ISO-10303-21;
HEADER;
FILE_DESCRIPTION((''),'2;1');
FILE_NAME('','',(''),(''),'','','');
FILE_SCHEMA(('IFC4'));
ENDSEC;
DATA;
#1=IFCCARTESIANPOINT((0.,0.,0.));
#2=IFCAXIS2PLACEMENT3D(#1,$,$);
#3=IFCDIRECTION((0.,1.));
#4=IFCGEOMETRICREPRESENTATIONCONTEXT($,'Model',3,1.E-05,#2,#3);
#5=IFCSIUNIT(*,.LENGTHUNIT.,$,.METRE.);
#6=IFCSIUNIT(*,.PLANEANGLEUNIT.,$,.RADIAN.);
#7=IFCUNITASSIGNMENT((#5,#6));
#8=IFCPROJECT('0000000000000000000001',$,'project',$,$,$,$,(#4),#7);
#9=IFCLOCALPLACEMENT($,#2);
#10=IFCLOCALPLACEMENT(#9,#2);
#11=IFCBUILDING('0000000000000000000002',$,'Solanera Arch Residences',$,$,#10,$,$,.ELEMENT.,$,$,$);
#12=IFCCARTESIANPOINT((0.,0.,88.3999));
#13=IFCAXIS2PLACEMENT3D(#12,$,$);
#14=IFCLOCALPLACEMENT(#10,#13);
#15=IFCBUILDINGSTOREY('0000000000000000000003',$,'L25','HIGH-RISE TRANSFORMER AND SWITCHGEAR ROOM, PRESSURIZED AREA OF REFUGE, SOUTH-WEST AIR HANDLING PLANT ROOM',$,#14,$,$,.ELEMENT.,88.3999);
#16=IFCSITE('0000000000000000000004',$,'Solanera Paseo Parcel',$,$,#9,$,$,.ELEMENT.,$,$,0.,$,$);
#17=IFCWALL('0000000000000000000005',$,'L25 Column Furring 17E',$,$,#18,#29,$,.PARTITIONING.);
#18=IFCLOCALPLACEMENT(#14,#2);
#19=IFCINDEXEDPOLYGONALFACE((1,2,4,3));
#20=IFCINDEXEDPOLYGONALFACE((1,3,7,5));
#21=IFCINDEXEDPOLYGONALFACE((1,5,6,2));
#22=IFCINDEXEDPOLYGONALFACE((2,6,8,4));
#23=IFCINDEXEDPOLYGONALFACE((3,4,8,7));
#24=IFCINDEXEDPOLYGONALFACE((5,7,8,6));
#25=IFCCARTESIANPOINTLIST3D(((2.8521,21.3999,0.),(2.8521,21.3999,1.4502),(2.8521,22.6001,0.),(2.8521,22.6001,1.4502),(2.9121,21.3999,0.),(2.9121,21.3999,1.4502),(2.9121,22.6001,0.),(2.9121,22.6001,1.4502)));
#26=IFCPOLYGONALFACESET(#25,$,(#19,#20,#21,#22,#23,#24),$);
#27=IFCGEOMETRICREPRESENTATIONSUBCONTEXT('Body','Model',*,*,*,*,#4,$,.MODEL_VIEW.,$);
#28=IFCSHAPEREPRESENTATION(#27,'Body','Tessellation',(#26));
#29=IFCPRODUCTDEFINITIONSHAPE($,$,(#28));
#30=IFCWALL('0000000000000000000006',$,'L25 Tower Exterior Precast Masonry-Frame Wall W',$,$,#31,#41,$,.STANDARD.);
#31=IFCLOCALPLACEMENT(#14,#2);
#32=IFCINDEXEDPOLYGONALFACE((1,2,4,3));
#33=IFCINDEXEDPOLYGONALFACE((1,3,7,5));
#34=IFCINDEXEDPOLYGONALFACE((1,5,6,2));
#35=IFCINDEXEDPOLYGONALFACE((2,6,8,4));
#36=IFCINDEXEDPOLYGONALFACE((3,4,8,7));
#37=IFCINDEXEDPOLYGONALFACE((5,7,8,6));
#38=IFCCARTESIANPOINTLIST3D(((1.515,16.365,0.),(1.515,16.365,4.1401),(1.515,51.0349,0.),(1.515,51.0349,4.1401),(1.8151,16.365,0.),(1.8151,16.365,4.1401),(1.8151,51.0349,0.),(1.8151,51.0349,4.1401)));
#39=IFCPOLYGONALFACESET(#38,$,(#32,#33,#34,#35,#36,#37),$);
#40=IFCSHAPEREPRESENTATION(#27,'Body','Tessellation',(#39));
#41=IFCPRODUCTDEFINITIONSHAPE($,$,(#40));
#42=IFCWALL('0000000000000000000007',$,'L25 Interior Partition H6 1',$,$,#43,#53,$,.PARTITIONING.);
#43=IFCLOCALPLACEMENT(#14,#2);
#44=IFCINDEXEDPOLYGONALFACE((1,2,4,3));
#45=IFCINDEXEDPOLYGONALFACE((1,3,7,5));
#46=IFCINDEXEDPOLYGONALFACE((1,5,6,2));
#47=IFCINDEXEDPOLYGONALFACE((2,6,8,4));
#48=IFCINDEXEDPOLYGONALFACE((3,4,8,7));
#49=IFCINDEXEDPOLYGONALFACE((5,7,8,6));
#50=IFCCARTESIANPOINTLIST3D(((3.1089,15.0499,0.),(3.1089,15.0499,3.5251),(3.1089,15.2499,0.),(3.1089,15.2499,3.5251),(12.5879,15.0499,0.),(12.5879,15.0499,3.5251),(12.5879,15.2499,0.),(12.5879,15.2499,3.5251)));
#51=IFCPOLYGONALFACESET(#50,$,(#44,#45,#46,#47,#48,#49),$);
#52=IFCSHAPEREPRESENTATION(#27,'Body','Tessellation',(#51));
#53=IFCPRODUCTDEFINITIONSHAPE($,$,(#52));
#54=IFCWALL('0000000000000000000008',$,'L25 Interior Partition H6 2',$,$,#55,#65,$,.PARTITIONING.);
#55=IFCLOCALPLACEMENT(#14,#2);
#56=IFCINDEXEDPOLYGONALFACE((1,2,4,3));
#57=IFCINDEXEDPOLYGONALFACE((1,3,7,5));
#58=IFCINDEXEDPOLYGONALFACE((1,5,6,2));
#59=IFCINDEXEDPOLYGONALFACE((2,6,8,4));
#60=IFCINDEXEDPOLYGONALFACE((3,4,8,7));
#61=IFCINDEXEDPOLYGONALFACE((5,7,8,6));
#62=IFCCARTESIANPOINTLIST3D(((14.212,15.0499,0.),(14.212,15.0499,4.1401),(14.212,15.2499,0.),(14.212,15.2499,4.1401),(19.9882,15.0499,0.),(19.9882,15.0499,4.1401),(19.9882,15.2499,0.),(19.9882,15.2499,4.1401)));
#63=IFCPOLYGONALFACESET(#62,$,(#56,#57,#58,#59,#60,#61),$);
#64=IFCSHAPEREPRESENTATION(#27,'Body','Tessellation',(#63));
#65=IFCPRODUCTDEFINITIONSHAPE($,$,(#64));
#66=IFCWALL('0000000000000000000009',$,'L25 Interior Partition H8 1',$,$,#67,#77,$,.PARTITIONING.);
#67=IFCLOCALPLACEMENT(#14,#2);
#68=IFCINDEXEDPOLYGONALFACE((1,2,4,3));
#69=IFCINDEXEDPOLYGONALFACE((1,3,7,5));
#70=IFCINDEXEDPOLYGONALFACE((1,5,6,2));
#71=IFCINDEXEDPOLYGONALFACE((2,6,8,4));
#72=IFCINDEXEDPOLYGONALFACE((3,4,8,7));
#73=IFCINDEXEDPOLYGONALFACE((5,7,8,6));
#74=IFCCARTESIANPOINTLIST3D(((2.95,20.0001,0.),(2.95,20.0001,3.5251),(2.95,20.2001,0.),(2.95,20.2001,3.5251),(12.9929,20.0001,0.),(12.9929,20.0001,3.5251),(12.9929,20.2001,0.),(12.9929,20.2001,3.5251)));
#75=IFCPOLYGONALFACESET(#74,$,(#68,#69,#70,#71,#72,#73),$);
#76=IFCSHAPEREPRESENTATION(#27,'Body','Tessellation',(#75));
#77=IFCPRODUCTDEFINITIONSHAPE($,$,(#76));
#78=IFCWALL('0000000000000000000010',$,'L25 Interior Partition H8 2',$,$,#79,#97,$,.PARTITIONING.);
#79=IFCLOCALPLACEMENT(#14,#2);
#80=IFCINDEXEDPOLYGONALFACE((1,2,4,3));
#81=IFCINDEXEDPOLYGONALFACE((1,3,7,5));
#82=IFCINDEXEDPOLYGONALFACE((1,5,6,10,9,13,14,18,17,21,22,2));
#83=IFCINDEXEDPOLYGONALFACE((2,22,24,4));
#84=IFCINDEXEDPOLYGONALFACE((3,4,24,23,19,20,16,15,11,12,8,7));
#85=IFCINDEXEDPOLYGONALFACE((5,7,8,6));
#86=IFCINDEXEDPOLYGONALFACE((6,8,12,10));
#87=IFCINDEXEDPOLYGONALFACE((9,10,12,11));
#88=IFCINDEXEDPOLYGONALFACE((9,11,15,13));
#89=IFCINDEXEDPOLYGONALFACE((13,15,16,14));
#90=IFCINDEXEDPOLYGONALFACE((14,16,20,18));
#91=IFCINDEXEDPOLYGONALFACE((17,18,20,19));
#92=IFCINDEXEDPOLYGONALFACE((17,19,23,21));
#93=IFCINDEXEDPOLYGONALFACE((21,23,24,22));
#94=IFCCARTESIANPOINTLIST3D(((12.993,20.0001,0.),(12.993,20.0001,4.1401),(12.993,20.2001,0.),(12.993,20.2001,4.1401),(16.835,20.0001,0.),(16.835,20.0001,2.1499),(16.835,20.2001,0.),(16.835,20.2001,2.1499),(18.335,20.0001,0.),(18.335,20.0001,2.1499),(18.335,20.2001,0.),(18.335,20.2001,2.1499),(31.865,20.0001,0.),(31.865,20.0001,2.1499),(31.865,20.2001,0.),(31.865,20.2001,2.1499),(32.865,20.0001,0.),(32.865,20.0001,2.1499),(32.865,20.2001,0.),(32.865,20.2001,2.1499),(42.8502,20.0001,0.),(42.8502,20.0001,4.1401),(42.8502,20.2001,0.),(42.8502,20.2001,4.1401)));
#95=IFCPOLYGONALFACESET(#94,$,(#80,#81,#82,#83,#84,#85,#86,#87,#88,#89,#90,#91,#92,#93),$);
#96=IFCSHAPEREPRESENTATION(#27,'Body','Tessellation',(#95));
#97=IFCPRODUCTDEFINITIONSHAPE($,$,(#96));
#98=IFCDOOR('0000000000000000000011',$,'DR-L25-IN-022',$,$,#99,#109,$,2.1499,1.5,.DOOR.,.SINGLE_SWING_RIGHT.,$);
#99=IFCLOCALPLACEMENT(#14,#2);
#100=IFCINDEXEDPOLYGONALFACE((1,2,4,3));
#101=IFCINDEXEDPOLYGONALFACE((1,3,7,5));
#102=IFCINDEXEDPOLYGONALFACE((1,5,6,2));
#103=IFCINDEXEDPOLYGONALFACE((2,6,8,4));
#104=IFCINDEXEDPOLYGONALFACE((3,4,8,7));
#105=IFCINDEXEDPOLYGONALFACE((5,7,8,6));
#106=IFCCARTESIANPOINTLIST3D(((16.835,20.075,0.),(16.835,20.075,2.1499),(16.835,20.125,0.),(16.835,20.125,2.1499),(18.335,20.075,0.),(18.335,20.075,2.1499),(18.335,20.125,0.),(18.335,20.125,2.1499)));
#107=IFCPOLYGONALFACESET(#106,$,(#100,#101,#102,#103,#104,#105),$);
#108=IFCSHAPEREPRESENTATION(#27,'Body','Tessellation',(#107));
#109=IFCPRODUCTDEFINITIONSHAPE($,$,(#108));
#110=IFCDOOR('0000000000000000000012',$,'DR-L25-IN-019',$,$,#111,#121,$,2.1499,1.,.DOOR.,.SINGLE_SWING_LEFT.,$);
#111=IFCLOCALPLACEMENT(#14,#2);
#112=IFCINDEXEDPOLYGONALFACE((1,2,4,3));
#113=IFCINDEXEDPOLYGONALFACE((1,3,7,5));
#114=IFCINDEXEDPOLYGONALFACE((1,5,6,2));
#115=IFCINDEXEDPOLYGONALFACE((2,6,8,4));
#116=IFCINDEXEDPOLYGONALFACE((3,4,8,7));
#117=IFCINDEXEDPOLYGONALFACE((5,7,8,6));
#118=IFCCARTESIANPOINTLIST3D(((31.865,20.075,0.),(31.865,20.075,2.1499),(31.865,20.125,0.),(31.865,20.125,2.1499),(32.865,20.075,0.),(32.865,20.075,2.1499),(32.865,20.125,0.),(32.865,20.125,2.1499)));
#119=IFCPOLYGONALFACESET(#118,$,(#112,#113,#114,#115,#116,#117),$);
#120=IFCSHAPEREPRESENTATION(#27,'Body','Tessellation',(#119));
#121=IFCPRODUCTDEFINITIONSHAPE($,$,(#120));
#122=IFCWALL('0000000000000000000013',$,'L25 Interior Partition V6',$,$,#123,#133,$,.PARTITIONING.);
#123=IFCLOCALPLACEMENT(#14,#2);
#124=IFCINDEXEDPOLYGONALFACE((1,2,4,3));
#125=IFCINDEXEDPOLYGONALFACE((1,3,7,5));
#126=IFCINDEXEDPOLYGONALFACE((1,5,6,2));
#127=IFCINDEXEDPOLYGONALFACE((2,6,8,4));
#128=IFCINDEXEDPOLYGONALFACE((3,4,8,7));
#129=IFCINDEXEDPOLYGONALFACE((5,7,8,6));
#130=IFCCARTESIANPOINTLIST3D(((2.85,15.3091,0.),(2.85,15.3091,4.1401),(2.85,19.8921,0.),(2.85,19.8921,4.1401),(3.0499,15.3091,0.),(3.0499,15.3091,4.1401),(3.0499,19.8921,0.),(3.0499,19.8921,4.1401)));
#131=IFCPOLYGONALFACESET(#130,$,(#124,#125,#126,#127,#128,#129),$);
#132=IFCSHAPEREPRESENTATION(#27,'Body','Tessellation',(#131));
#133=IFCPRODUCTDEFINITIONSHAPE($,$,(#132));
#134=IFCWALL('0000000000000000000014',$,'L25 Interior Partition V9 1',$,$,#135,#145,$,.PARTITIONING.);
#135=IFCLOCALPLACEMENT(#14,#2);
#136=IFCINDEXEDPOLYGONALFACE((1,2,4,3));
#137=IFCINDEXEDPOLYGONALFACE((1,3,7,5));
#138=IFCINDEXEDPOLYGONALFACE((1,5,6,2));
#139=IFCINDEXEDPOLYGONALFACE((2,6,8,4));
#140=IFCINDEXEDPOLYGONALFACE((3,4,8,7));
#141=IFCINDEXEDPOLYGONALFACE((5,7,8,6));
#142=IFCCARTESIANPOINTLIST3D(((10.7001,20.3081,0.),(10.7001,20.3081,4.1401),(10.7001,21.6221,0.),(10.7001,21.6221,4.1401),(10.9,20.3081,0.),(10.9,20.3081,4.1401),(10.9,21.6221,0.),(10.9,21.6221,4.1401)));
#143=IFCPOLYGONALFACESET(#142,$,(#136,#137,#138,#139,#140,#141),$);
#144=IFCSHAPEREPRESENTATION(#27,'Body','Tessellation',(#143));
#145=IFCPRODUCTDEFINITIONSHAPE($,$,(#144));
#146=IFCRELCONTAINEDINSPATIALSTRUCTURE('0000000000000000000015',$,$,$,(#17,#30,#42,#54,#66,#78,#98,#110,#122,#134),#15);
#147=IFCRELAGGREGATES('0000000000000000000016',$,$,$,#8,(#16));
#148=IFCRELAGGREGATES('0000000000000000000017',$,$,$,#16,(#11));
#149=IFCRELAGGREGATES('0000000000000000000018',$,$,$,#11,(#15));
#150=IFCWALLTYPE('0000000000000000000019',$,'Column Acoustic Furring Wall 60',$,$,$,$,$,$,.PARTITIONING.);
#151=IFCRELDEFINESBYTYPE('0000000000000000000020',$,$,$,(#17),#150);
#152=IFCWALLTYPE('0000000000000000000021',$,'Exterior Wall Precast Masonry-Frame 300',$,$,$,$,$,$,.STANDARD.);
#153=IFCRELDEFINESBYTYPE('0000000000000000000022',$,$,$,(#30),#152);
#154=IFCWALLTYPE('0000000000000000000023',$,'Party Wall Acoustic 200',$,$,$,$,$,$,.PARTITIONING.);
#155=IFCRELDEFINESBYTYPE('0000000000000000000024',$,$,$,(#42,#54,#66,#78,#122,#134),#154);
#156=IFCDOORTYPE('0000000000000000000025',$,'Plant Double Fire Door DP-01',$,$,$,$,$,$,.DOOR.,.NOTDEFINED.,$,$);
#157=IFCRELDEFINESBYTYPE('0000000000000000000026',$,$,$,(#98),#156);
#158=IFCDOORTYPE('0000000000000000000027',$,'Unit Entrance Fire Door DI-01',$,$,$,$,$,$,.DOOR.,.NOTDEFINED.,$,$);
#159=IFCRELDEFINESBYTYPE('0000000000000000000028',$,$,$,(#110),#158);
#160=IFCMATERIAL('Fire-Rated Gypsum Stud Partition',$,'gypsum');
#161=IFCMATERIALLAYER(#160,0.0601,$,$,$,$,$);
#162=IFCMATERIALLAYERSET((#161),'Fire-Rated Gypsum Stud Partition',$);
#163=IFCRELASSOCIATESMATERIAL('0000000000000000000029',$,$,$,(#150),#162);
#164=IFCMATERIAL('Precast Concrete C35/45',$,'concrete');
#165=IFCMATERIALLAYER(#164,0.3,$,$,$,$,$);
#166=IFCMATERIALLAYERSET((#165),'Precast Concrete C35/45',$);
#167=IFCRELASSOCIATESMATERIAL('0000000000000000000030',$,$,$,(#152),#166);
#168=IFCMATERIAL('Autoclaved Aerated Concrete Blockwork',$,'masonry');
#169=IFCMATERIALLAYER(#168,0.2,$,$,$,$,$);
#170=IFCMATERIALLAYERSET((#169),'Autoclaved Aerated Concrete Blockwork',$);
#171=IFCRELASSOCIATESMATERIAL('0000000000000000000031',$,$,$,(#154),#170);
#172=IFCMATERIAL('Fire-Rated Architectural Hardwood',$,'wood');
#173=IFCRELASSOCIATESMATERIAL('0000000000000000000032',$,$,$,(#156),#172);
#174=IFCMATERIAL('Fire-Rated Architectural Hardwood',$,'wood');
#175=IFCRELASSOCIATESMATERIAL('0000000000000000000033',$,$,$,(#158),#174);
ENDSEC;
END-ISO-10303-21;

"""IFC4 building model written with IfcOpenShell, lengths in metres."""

from ifc_helpers import new_model, si_unit, direction, frame, frame_2d, origin, place, context, subcontext, project, spatial, rectangle, extrude, material, layer, layer_set, type_object, element, fill, save


model = new_model("IFC4")

# Units and contexts
model_context = context("Model", 3, precision=1e-05, world=origin(), true_north=direction((0.0, 1.0)))
body_context = subcontext(model_context, "Body", "Model", "MODEL_VIEW")
ifc_project = project(units=[si_unit("LENGTHUNIT", "METRE"), si_unit("PLANEANGLEUNIT", "RADIAN")], contexts=[model_context])

# Site, building, storey
site_placement = place(None, origin())
site = spatial("IfcSite", under=ifc_project, at=site_placement, Name="Solanera Paseo Parcel", CompositionType="ELEMENT", RefElevation=0.0)
building_placement = place(site_placement, origin())
building = spatial("IfcBuilding", under=site, at=building_placement, Name="Solanera Arch Residences", CompositionType="ELEMENT")
storey_placement = place(building_placement, frame((0.0, 0.0, 88.3999)))
storey = spatial("IfcBuildingStorey", under=building, at=storey_placement, Name="L25", Description="HIGH-RISE TRANSFORMER AND SWITCHGEAR ROOM, PRESSURIZED AREA OF REFUGE, SOUTH-WEST AIR HANDLING PLANT ROOM", CompositionType="ELEMENT", Elevation=88.3999)

# Walls
ifc_material_1 = material(Name="Fire-Rated Gypsum Stud Partition", Category="gypsum")
ifc_layer_1 = layer(ifc_material_1, 0.0601)
ifc_layer_set_1 = layer_set([ifc_layer_1], Name="Fire-Rated Gypsum Stud Partition")
wall_type_1 = type_object("IfcWallType", Name="Column Acoustic Furring Wall 60", PredefinedType="PARTITIONING", material=ifc_layer_set_1)
wall_1_placement = place(storey_placement, frame((2.8821, 21.3999, 0.0), z_axis=(0.0, 0.0, 1.0), x_axis=(0.0, 1.0, 0.0)))
element("IfcWall", 1, at=wall_1_placement, inside=storey, type_object=wall_type_1, Name="L25 Column Furring 17E", PredefinedType="PARTITIONING", context=body_context, shape_type="SweptSolid", body=[
    extrude(rectangle(XDim=1.2002, YDim=0.0601, at=frame_2d((0.6001, 0.0))), origin(), (0.0, 0.0, 1.0), 1.4502),
])
ifc_material_2 = material(Name="Precast Concrete C35/45", Category="concrete")
ifc_layer_2 = layer(ifc_material_2, 0.3)
ifc_layer_set_2 = layer_set([ifc_layer_2], Name="Precast Concrete C35/45")
wall_type_2 = type_object("IfcWallType", Name="Exterior Wall Precast Masonry-Frame 300", PredefinedType="STANDARD", material=ifc_layer_set_2)
wall_2_placement = place(storey_placement, frame((1.665, 16.365, 0.0), z_axis=(0.0, 0.0, 1.0), x_axis=(0.0, 1.0, 0.0)))
element("IfcWall", 2, at=wall_2_placement, inside=storey, type_object=wall_type_2, Name="L25 Tower Exterior Precast Masonry-Frame Wall W", PredefinedType="STANDARD", context=body_context, shape_type="SweptSolid", body=[
    extrude(rectangle(XDim=34.6699, YDim=0.3, at=frame_2d((17.335, 0.0))), origin(), (0.0, 0.0, 1.0), 4.1401),
])
ifc_material_3 = material(Name="Autoclaved Aerated Concrete Blockwork", Category="masonry")
ifc_layer_3 = layer(ifc_material_3, 0.2)
ifc_layer_set_3 = layer_set([ifc_layer_3], Name="Autoclaved Aerated Concrete Blockwork")
wall_type_3 = type_object("IfcWallType", Name="Party Wall Acoustic 200", PredefinedType="PARTITIONING", material=ifc_layer_set_3)
wall_3_placement = place(storey_placement, frame((3.1089, 15.1499, 0.0), z_axis=(0.0, 0.0, 1.0), x_axis=(1.0, 0.0, 0.0)))
element("IfcWall", 3, at=wall_3_placement, inside=storey, type_object=wall_type_3, Name="L25 Interior Partition H6 1", PredefinedType="PARTITIONING", context=body_context, shape_type="SweptSolid", body=[
    extrude(rectangle(XDim=9.479, YDim=0.2, at=frame_2d((4.7395, 0.0))), origin(), (0.0, 0.0, 1.0), 3.5251),
])
wall_4_placement = place(storey_placement, frame((14.2119, 15.1499, 0.0), z_axis=(0.0, 0.0, 1.0), x_axis=(1.0, 0.0, 0.0)))
element("IfcWall", 4, at=wall_4_placement, inside=storey, type_object=wall_type_3, Name="L25 Interior Partition H6 2", PredefinedType="PARTITIONING", context=body_context, shape_type="SweptSolid", body=[
    extrude(rectangle(XDim=5.7761, YDim=0.2, at=frame_2d((2.8882, 0.0))), origin(), (0.0, 0.0, 1.0), 4.1401),
])
wall_5_placement = place(storey_placement, frame((2.95, 20.1001, 0.0), z_axis=(0.0, 0.0, 1.0), x_axis=(1.0, 0.0, 0.0)))
element("IfcWall", 5, at=wall_5_placement, inside=storey, type_object=wall_type_3, Name="L25 Interior Partition H8 1", PredefinedType="PARTITIONING", context=body_context, shape_type="SweptSolid", body=[
    extrude(rectangle(XDim=10.043, YDim=0.2, at=frame_2d((5.0215, 0.0))), origin(), (0.0, 0.0, 1.0), 3.5251),
])

# Wall, openings, doors
wall_6_placement = place(storey_placement, frame((12.9929, 20.1001, 0.0), z_axis=(0.0, 0.0, 1.0), x_axis=(1.0, 0.0, 0.0)))
wall_6 = element("IfcWall", 6, at=wall_6_placement, inside=storey, type_object=wall_type_3, Name="L25 Interior Partition H8 2", PredefinedType="PARTITIONING", context=body_context, shape_type="SweptSolid", body=[
    extrude(rectangle(XDim=29.8572, YDim=0.2, at=frame_2d((14.9287, 0.0))), origin(), (0.0, 0.0, 1.0), 4.1401),
])
opening_1_placement = place(wall_6_placement, frame((18.8721, 0.0, 0.0)))
opening_1 = element("IfcOpeningElement", 7, at=opening_1_placement, cuts=wall_6, PredefinedType="OPENING", context=body_context, shape_type="SweptSolid", body=[
    extrude(rectangle(XDim=1.0, YDim=2.1499, at=frame_2d((0.5, 1.075))), frame((0.0, 0.1101, 0.0), z_axis=(0.0, -1.0, 0.0), x_axis=(1.0, 0.0, 0.0)), (0.0, 0.0, 1.0), 0.22),
])
opening_2_placement = place(wall_6_placement, frame((3.842, 0.0, 0.0)))
opening_2 = element("IfcOpeningElement", 8, at=opening_2_placement, cuts=wall_6, PredefinedType="OPENING", context=body_context, shape_type="SweptSolid", body=[
    extrude(rectangle(XDim=1.5, YDim=2.1499, at=frame_2d((0.75, 1.075))), frame((0.0, 0.1101, 0.0), z_axis=(0.0, -1.0, 0.0), x_axis=(1.0, 0.0, 0.0)), (0.0, 0.0, 1.0), 0.22),
])
ifc_material_4 = material(Name="Fire-Rated Architectural Hardwood", Category="wood")
door_type_1 = type_object("IfcDoorType", Name="Plant Double Fire Door DP-01", OperationType="NOTDEFINED", PredefinedType="DOOR", material=ifc_material_4)
door_1_placement = place(opening_2_placement, origin())
door_1 = element("IfcDoor", 9, at=door_1_placement, inside=storey, type_object=door_type_1, Name="DR-L25-IN-022", OperationType="SINGLE_SWING_RIGHT", OverallHeight=2.1499, OverallWidth=1.5, PredefinedType="DOOR", context=body_context, shape_type="SweptSolid", body=[
    extrude(rectangle(XDim=1.5, YDim=2.1499, at=frame_2d((0.75, 1.075))), frame((0.0, 0.0249, 0.0), z_axis=(0.0, -1.0, 0.0), x_axis=(1.0, 0.0, 0.0)), (0.0, 0.0, 1.0), 0.05),
])
fill(opening_2, door_1)
ifc_material_5 = material(Name="Fire-Rated Architectural Hardwood", Category="wood")
door_type_2 = type_object("IfcDoorType", Name="Unit Entrance Fire Door DI-01", OperationType="NOTDEFINED", PredefinedType="DOOR", material=ifc_material_5)
door_2_placement = place(opening_1_placement, origin())
door_2 = element("IfcDoor", 10, at=door_2_placement, inside=storey, type_object=door_type_2, Name="DR-L25-IN-019", OperationType="SINGLE_SWING_LEFT", OverallHeight=2.1499, OverallWidth=1.0, PredefinedType="DOOR", context=body_context, shape_type="SweptSolid", body=[
    extrude(rectangle(XDim=1.0, YDim=2.1499, at=frame_2d((0.5, 1.075))), frame((0.0, 0.0249, 0.0), z_axis=(0.0, -1.0, 0.0), x_axis=(1.0, 0.0, 0.0)), (0.0, 0.0, 1.0), 0.05),
])
fill(opening_1, door_2)

# Walls
wall_7_placement = place(storey_placement, frame((2.95, 15.3091, 0.0), z_axis=(0.0, 0.0, 1.0), x_axis=(0.0, 1.0, 0.0)))
element("IfcWall", 11, at=wall_7_placement, inside=storey, type_object=wall_type_3, Name="L25 Interior Partition V6", PredefinedType="PARTITIONING", context=body_context, shape_type="SweptSolid", body=[
    extrude(rectangle(XDim=4.583, YDim=0.2, at=frame_2d((2.2915, 0.0))), origin(), (0.0, 0.0, 1.0), 4.1401),
])
wall_8_placement = place(storey_placement, frame((10.8, 20.3081, 0.0), z_axis=(0.0, 0.0, 1.0), x_axis=(0.0, 1.0, 0.0)))
element("IfcWall", 12, at=wall_8_placement, inside=storey, type_object=wall_type_3, Name="L25 Interior Partition V9 1", PredefinedType="PARTITIONING", context=body_context, shape_type="SweptSolid", body=[
    extrude(rectangle(XDim=1.314, YDim=0.2, at=frame_2d((0.657, 0.0))), origin(), (0.0, 0.0, 1.0), 4.1401),
])

save(model, "model.ifc")
